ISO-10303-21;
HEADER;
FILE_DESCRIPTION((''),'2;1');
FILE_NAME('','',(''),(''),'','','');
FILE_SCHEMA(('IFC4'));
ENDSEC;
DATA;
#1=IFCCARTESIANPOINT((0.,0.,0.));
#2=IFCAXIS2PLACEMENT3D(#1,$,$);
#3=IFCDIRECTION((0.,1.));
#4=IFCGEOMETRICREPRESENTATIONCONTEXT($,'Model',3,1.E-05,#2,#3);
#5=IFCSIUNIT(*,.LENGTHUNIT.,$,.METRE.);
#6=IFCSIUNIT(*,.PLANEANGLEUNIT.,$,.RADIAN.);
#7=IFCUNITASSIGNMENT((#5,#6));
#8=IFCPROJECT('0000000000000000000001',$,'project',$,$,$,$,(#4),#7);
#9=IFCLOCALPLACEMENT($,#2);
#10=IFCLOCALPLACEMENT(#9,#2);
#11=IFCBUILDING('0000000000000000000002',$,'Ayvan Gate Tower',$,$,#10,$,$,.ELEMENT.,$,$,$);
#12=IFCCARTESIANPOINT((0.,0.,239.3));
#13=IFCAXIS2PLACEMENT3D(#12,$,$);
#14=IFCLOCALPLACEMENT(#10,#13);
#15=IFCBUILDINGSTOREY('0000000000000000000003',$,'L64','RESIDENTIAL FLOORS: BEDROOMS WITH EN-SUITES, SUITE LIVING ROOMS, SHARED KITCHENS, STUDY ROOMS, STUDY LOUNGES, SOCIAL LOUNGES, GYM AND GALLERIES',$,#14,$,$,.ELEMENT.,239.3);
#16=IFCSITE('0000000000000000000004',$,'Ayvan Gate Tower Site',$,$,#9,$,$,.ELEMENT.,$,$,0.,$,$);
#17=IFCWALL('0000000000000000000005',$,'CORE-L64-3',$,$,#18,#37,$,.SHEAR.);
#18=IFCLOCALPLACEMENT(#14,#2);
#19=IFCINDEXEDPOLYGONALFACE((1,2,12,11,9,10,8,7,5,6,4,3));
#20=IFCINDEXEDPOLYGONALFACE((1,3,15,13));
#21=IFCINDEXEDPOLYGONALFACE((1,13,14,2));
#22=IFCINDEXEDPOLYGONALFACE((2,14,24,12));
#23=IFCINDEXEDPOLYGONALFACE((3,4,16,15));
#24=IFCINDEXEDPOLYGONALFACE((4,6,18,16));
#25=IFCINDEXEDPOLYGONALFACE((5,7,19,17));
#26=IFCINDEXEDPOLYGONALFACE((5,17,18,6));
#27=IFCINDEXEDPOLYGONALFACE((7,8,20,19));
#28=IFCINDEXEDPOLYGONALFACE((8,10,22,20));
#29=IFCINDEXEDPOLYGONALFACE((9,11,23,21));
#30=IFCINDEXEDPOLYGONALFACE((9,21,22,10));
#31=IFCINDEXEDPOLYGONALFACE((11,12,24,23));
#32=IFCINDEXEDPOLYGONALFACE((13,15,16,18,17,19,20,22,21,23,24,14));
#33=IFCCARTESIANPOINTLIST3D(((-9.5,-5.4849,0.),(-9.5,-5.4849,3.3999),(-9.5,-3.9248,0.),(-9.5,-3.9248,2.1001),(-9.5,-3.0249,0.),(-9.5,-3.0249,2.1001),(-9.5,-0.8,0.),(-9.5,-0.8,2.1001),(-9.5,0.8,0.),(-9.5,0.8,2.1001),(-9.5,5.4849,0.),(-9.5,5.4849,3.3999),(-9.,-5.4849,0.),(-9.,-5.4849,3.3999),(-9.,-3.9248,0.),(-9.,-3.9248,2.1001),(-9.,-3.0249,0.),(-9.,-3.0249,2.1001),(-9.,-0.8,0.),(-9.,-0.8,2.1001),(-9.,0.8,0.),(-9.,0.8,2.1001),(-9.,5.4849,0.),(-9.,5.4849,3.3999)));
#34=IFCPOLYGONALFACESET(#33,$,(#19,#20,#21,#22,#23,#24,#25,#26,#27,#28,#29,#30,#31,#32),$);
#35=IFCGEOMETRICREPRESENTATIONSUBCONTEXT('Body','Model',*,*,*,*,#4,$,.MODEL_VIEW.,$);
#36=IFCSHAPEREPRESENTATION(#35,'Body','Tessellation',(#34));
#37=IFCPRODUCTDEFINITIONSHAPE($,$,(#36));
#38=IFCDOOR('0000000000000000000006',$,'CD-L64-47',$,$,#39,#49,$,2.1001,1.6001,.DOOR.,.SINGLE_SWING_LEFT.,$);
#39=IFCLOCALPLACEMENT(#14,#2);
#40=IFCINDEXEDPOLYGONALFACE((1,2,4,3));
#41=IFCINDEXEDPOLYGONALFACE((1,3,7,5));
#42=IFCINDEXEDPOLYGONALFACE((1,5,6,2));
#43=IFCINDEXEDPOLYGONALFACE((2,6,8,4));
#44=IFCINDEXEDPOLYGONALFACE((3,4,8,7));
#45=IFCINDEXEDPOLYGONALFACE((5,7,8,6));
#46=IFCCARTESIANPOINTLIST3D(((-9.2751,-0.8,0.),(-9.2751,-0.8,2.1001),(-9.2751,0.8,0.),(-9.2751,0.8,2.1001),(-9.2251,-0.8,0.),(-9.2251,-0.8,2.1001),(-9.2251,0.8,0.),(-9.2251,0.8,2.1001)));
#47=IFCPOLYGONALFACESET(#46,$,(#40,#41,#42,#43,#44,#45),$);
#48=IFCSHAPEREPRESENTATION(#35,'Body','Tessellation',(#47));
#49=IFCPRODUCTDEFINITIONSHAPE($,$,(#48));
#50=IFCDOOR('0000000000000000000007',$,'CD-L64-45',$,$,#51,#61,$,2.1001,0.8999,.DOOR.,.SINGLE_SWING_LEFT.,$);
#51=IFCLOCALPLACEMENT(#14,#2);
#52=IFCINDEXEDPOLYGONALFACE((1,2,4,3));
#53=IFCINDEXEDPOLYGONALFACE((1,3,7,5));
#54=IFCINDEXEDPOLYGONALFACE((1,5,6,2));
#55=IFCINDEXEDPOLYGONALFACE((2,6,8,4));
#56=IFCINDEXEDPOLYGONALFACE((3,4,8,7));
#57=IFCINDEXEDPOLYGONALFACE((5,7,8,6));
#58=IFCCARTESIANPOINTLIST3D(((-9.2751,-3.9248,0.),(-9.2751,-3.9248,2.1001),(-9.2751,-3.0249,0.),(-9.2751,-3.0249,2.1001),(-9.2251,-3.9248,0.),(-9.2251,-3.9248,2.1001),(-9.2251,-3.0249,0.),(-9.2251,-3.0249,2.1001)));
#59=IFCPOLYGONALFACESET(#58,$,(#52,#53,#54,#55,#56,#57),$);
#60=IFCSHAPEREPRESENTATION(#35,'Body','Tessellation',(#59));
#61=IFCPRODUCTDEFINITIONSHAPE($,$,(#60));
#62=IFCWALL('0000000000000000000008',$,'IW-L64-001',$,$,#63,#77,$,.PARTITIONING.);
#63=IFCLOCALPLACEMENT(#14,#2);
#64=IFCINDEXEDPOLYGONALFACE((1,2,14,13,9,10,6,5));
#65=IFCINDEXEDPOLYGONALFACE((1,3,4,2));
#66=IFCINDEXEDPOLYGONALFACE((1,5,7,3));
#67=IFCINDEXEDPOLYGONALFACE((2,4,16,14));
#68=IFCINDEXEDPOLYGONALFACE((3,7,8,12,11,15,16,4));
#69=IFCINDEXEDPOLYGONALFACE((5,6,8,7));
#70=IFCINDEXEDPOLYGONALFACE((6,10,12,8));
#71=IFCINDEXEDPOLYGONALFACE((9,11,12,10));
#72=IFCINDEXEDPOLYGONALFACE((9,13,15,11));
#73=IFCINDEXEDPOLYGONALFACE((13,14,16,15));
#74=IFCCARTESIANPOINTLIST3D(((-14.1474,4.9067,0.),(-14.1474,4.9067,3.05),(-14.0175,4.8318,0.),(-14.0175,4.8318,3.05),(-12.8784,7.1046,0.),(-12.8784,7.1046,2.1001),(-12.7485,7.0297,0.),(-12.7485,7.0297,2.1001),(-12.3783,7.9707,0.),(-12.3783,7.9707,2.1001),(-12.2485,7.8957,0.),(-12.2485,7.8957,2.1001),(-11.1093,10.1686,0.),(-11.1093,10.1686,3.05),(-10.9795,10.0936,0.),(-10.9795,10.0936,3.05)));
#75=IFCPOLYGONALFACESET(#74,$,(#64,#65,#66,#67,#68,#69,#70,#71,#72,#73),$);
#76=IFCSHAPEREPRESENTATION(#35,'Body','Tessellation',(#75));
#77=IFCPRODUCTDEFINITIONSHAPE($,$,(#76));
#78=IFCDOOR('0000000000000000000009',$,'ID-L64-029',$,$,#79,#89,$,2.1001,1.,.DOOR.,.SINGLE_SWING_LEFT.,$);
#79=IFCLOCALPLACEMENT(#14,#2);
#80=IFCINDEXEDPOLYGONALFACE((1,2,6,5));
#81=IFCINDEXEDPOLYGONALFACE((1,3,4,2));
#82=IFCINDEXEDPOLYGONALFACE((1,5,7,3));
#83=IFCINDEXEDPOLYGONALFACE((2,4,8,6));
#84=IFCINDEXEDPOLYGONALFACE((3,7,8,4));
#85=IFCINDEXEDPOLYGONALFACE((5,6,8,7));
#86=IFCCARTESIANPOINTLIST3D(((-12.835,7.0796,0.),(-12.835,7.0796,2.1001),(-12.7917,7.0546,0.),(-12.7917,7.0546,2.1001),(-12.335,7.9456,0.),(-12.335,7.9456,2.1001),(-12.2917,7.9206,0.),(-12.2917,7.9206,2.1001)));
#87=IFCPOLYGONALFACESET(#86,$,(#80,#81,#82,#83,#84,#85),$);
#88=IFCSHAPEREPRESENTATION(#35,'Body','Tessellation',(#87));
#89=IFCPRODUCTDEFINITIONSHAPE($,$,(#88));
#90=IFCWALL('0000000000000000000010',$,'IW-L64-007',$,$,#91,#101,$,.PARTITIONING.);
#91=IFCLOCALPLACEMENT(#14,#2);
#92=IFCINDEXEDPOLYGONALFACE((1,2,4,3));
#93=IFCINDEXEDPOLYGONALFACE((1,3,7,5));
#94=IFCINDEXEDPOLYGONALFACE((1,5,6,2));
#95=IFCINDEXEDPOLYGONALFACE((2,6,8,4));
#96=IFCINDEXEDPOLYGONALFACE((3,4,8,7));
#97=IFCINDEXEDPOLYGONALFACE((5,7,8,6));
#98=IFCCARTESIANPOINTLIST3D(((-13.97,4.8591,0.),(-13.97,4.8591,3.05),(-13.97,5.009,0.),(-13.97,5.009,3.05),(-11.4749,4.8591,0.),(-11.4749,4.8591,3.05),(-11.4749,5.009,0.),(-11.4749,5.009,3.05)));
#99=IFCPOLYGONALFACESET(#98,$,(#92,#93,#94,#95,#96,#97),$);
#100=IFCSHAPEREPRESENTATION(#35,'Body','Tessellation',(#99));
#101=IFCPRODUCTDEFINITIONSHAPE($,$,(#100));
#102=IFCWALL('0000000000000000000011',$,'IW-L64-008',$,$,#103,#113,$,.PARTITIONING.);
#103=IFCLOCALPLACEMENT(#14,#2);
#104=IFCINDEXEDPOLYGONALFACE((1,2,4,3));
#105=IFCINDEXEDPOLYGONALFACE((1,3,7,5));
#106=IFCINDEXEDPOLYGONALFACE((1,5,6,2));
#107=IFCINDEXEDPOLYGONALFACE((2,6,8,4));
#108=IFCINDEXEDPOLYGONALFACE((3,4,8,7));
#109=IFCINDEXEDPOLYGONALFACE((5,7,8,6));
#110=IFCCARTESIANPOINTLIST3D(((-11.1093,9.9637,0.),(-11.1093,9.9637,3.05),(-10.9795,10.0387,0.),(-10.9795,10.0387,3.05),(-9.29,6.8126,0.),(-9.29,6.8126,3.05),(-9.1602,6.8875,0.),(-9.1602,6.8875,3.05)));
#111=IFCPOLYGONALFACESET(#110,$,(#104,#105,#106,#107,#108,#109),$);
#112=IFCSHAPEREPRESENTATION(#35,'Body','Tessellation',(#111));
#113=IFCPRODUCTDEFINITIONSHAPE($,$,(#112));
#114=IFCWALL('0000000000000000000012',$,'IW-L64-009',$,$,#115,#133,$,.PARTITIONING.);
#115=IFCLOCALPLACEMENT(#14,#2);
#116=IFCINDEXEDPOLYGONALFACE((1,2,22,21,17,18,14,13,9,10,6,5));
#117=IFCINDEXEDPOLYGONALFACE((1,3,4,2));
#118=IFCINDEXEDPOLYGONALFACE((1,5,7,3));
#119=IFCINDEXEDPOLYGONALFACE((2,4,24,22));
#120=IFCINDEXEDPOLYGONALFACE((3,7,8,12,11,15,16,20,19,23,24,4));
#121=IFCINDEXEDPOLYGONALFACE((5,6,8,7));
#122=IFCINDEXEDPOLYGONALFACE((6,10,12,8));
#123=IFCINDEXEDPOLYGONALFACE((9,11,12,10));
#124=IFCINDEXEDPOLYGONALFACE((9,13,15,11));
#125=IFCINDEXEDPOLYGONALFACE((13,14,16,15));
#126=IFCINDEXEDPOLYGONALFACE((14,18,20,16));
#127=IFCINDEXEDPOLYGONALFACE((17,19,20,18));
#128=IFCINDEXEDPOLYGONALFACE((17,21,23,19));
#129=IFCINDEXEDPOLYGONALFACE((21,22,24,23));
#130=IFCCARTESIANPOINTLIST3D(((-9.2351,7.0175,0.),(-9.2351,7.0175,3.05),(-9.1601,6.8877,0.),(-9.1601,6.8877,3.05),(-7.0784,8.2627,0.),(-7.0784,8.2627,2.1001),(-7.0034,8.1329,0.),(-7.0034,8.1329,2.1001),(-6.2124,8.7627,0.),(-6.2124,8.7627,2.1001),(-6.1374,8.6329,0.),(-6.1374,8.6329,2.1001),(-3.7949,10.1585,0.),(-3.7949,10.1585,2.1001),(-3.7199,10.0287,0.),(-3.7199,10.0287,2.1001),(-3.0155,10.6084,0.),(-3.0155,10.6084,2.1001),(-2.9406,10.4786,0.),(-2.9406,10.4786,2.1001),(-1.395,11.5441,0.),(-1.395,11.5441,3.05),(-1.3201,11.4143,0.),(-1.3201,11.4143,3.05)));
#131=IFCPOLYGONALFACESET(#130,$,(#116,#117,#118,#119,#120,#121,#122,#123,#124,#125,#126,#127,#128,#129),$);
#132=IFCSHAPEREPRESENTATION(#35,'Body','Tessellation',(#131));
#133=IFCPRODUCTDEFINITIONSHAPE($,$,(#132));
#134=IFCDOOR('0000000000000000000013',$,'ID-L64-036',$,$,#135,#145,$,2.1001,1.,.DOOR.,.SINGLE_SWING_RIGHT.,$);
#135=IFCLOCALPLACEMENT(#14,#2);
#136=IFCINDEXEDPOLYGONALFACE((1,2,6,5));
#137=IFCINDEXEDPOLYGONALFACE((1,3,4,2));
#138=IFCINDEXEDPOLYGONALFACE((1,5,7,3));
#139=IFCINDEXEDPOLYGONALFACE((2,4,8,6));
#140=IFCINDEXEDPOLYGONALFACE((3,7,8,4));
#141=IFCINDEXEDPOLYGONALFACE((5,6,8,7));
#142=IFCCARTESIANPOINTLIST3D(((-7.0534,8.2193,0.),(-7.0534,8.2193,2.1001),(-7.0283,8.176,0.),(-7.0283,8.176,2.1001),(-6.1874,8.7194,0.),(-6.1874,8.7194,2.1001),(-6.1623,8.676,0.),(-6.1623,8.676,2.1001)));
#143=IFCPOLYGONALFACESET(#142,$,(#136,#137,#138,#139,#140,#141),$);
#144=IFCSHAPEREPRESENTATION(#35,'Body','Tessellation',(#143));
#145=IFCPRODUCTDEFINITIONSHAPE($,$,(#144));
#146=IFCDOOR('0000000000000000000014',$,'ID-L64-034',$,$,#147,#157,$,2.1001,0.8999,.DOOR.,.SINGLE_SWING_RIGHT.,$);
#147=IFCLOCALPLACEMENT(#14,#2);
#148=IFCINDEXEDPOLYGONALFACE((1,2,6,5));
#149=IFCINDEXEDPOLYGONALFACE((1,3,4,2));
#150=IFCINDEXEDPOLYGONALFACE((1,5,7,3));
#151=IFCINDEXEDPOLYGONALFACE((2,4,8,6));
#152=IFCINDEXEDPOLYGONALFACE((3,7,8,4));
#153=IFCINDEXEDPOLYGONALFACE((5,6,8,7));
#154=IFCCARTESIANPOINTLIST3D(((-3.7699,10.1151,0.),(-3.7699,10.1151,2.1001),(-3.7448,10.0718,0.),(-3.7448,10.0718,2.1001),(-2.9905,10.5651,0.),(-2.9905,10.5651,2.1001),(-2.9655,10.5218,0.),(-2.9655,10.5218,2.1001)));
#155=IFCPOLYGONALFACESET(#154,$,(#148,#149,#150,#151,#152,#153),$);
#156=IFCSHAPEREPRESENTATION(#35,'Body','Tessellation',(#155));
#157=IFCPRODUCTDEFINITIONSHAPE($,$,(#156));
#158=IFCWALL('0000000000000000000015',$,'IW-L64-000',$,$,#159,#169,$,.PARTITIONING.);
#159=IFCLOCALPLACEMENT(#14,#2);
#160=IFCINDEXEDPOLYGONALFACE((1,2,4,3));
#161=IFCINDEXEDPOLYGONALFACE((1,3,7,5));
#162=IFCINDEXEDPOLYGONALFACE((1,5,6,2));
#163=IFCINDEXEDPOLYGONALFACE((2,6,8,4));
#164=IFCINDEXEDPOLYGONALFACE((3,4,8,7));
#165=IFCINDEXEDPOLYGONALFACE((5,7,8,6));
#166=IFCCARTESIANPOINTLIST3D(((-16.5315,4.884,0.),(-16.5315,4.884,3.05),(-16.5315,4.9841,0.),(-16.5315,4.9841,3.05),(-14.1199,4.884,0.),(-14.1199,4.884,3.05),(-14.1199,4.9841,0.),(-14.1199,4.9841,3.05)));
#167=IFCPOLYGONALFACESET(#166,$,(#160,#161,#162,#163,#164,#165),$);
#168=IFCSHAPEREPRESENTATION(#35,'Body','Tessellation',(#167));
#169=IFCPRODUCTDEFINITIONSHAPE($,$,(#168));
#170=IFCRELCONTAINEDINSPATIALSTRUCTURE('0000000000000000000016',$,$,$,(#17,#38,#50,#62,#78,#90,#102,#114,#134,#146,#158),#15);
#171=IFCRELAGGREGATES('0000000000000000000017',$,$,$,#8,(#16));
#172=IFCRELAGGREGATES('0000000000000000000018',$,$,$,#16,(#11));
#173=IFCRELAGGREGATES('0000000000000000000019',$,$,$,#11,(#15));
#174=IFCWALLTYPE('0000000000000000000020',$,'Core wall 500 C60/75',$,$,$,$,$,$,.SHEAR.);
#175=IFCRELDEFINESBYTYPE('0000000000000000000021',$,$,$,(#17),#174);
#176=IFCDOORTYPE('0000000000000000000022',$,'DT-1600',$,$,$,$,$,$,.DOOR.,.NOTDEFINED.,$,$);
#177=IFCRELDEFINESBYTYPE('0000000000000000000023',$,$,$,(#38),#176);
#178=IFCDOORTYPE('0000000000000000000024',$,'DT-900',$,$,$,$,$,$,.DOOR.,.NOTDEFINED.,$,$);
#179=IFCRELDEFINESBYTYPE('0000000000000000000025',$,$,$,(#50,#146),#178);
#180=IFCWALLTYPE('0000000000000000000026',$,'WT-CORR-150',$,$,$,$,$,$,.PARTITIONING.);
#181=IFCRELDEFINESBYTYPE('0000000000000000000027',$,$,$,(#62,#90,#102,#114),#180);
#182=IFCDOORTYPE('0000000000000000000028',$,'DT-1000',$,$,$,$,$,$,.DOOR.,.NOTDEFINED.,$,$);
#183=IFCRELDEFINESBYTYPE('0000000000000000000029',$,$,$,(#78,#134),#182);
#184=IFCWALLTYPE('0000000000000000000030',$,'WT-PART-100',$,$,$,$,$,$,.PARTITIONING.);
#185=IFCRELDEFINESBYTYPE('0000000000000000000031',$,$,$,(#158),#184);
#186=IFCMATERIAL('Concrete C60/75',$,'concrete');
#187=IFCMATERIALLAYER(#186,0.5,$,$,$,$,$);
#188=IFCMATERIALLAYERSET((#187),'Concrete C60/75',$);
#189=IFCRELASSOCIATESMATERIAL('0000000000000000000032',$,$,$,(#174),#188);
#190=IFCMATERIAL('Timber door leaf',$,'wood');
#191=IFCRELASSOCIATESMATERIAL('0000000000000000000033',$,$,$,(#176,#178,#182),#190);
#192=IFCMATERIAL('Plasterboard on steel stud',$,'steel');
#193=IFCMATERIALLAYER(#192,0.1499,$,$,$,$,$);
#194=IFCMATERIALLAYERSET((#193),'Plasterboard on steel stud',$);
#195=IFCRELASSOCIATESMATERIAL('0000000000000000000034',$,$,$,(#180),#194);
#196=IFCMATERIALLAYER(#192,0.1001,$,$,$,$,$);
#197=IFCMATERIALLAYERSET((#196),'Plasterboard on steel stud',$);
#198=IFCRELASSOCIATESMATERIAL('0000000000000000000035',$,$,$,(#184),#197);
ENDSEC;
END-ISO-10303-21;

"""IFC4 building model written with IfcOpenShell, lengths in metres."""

from ifc_helpers import new_model, si_unit, direction, frame, frame_2d, origin, place, context, subcontext, project, spatial, rectangle, extrude, material, layer, layer_set, type_object, element, fill, save


model = new_model("IFC4")

# Units and contexts
model_context = context("Model", 3, precision=1e-05, world=origin(), true_north=direction((0.0, 1.0)))
body_context = subcontext(model_context, "Body", "Model", "MODEL_VIEW")
ifc_project = project(units=[si_unit("LENGTHUNIT", "METRE"), si_unit("PLANEANGLEUNIT", "RADIAN")], contexts=[model_context])

# Site, building, storey
site_placement = place(None, origin())
site = spatial("IfcSite", under=ifc_project, at=site_placement, Name="Ayvan Gate Tower Site", CompositionType="ELEMENT", RefElevation=0.0)
building_placement = place(site_placement, origin())
building = spatial("IfcBuilding", under=site, at=building_placement, Name="Ayvan Gate Tower", CompositionType="ELEMENT")
storey_placement = place(building_placement, frame((0.0, 0.0, 239.3)))
storey = spatial("IfcBuildingStorey", under=building, at=storey_placement, Name="L64", Description="RESIDENTIAL FLOORS: BEDROOMS WITH EN-SUITES, SUITE LIVING ROOMS, SHARED KITCHENS, STUDY ROOMS, STUDY LOUNGES, SOCIAL LOUNGES, GYM AND GALLERIES", CompositionType="ELEMENT", Elevation=239.3)

# Wall, openings, doors
ifc_material_1 = material(Name="Concrete C60/75", Category="concrete")
ifc_layer_1 = layer(ifc_material_1, 0.5)
ifc_layer_set_1 = layer_set([ifc_layer_1], Name="Concrete C60/75")
wall_type_1 = type_object("IfcWallType", Name="Core wall 500 C60/75", PredefinedType="SHEAR", material=ifc_layer_set_1)
wall_1_placement = place(storey_placement, frame((-9.25, 5.4849, 0.0), z_axis=(0.0, 0.0, 1.0), x_axis=(0.0, -1.0, 0.0)))
wall_1 = element("IfcWall", 1, at=wall_1_placement, inside=storey, type_object=wall_type_1, Name="CORE-L64-3", PredefinedType="SHEAR", context=body_context, shape_type="SweptSolid", body=[
    extrude(rectangle(XDim=10.9697, YDim=0.5, at=frame_2d((5.4849, 0.0))), origin(), (0.0, 0.0, 1.0), 3.3999),
])
opening_1_placement = place(wall_1_placement, frame((8.5098, 0.0, 0.0)))
opening_1 = element("IfcOpeningElement", 2, at=opening_1_placement, cuts=wall_1, PredefinedType="OPENING", context=body_context, shape_type="SweptSolid", body=[
    extrude(rectangle(XDim=0.8999, YDim=2.1001, at=frame_2d((0.45, 1.05))), frame((0.0, 0.26, 0.0), z_axis=(0.0, -1.0, 0.0), x_axis=(1.0, 0.0, 0.0)), (0.0, 0.0, 1.0), 0.52),
])
opening_2_placement = place(wall_1_placement, frame((4.6848, 0.0, 0.0)))
opening_2 = element("IfcOpeningElement", 3, at=opening_2_placement, cuts=wall_1, PredefinedType="OPENING", context=body_context, shape_type="SweptSolid", body=[
    extrude(rectangle(XDim=1.6001, YDim=2.1001, at=frame_2d((0.8, 1.05))), frame((0.0, 0.26, 0.0), z_axis=(0.0, -1.0, 0.0), x_axis=(1.0, 0.0, 0.0)), (0.0, 0.0, 1.0), 0.52),
])
ifc_material_2 = material(Name="Timber door leaf", Category="wood")
door_type_1 = type_object("IfcDoorType", Name="DT-1600", OperationType="NOTDEFINED", PredefinedType="DOOR", material=ifc_material_2)
door_1_placement = place(opening_2_placement, origin())
door_1 = element("IfcDoor", 4, at=door_1_placement, inside=storey, type_object=door_type_1, Name="CD-L64-47", OperationType="SINGLE_SWING_LEFT", OverallHeight=2.1001, OverallWidth=1.6001, PredefinedType="DOOR", context=body_context, shape_type="SweptSolid", body=[
    extrude(rectangle(XDim=1.6001, YDim=2.1001, at=frame_2d((0.8, 1.05))), frame((0.0, 0.0249, 0.0), z_axis=(0.0, -1.0, 0.0), x_axis=(1.0, 0.0, 0.0)), (0.0, 0.0, 1.0), 0.05),
])
fill(opening_2, door_1)
door_type_2 = type_object("IfcDoorType", Name="DT-900", OperationType="NOTDEFINED", PredefinedType="DOOR", material=ifc_material_2)
door_2_placement = place(opening_1_placement, origin())
door_2 = element("IfcDoor", 5, at=door_2_placement, inside=storey, type_object=door_type_2, Name="CD-L64-45", OperationType="SINGLE_SWING_LEFT", OverallHeight=2.1001, OverallWidth=0.8999, PredefinedType="DOOR", context=body_context, shape_type="SweptSolid", body=[
    extrude(rectangle(XDim=0.8999, YDim=2.1001, at=frame_2d((0.45, 1.05))), frame((0.0, 0.0249, 0.0), z_axis=(0.0, -1.0, 0.0), x_axis=(1.0, 0.0, 0.0)), (0.0, 0.0, 1.0), 0.05),
])
fill(opening_1, door_2)

# Wall, opening, door
ifc_material_3 = material(Name="Plasterboard on steel stud", Category="steel")
ifc_layer_2 = layer(ifc_material_3, 0.1499)
ifc_layer_set_2 = layer_set([ifc_layer_2], Name="Plasterboard on steel stud")
wall_type_2 = type_object("IfcWallType", Name="WT-CORR-150", PredefinedType="PARTITIONING", material=ifc_layer_set_2)
wall_2_placement = place(storey_placement, frame((-14.0825, 4.8691, 0.0), z_axis=(0.0, 0.0, 1.0), x_axis=(0.500011, 0.866019, 0.0)))
wall_2 = element("IfcWall", 6, at=wall_2_placement, inside=storey, type_object=wall_type_2, Name="IW-L64-001", PredefinedType="PARTITIONING", context=body_context, shape_type="SweptSolid", body=[
    extrude(rectangle(XDim=6.0759, YDim=0.1499, at=frame_2d((3.0381, 0.0))), origin(), (0.0, 0.0, 1.0), 3.05),
])
opening_3_placement = place(wall_2_placement, frame((2.5381, 0.0, 0.0)))
opening_3 = element("IfcOpeningElement", 7, at=opening_3_placement, cuts=wall_2, PredefinedType="OPENING", context=body_context, shape_type="SweptSolid", body=[
    extrude(rectangle(XDim=1.0, YDim=2.1001, at=frame_2d((0.5, 1.05))), frame((0.0, 0.085, 0.0), z_axis=(0.0, -1.0, 0.0), x_axis=(1.0, 0.0, 0.0)), (0.0, 0.0, 1.0), 0.1699),
])
door_type_3 = type_object("IfcDoorType", Name="DT-1000", OperationType="NOTDEFINED", PredefinedType="DOOR", material=ifc_material_2)
door_3_placement = place(opening_3_placement, origin())
door_3 = element("IfcDoor", 8, at=door_3_placement, inside=storey, type_object=door_type_3, Name="ID-L64-029", OperationType="SINGLE_SWING_LEFT", OverallHeight=2.1001, OverallWidth=1.0, PredefinedType="DOOR", context=body_context, shape_type="SweptSolid", body=[
    extrude(rectangle(XDim=1.0, YDim=2.1001, at=frame_2d((0.5, 1.05))), frame((0.0, 0.0249, 0.0), z_axis=(0.0, -1.0, 0.0), x_axis=(1.0, 0.0, 0.0)), (0.0, 0.0, 1.0), 0.05),
])
fill(opening_3, door_3)

# Walls
wall_3_placement = place(storey_placement, frame((-11.4749, 4.9341, 0.0), z_axis=(0.0, 0.0, 1.0), x_axis=(-1.0, 0.0, 0.0)))
element("IfcWall", 9, at=wall_3_placement, inside=storey, type_object=wall_type_2, Name="IW-L64-007", PredefinedType="PARTITIONING", context=body_context, shape_type="SweptSolid", body=[
    extrude(rectangle(XDim=2.4951, YDim=0.1499, at=frame_2d((1.2476, 0.0))), origin(), (0.0, 0.0, 1.0), 3.05),
])
wall_4_placement = place(storey_placement, frame((-11.0444, 10.0012, 0.0), z_axis=(0.0, 0.0, 1.0), x_axis=(0.500007, -0.866021, 0.0)))
element("IfcWall", 10, at=wall_4_placement, inside=storey, type_object=wall_type_2, Name="IW-L64-008", PredefinedType="PARTITIONING", context=body_context, shape_type="SweptSolid", body=[
    extrude(rectangle(XDim=3.6387, YDim=0.1499, at=frame_2d((1.8193, 0.0))), origin(), (0.0, 0.0, 1.0), 3.05),
])

# Wall, openings, doors
wall_5_placement = place(storey_placement, frame((-9.1975, 6.9526, 0.0), z_axis=(0.0, 0.0, 1.0), x_axis=(0.866019, 0.500011, 0.0)))
wall_5 = element("IfcWall", 11, at=wall_5_placement, inside=storey, type_object=wall_type_2, Name="IW-L64-009", PredefinedType="PARTITIONING", context=body_context, shape_type="SweptSolid", body=[
    extrude(rectangle(XDim=9.053, YDim=0.1499, at=frame_2d((4.5264, 0.0))), origin(), (0.0, 0.0, 1.0), 3.05),
])
opening_4_placement = place(wall_5_placement, frame((6.2817, 0.0, 0.0)))
opening_4 = element("IfcOpeningElement", 12, at=opening_4_placement, cuts=wall_5, PredefinedType="OPENING", context=body_context, shape_type="SweptSolid", body=[
    extrude(rectangle(XDim=0.8999, YDim=2.1001, at=frame_2d((0.45, 1.05))), frame((0.0, 0.085, 0.0), z_axis=(0.0, -1.0, 0.0), x_axis=(1.0, 0.0, 0.0)), (0.0, 0.0, 1.0), 0.1699),
])
opening_5_placement = place(wall_5_placement, frame((2.4902, 0.0, 0.0)))
opening_5 = element("IfcOpeningElement", 13, at=opening_5_placement, cuts=wall_5, PredefinedType="OPENING", context=body_context, shape_type="SweptSolid", body=[
    extrude(rectangle(XDim=1.0, YDim=2.1001, at=frame_2d((0.5, 1.05))), frame((0.0, 0.085, 0.0), z_axis=(0.0, -1.0, 0.0), x_axis=(1.0, 0.0, 0.0)), (0.0, 0.0, 1.0), 0.1699),
])
door_4_placement = place(opening_5_placement, origin())
door_4 = element("IfcDoor", 14, at=door_4_placement, inside=storey, type_object=door_type_3, Name="ID-L64-036", OperationType="SINGLE_SWING_RIGHT", OverallHeight=2.1001, OverallWidth=1.0, PredefinedType="DOOR", context=body_context, shape_type="SweptSolid", body=[
    extrude(rectangle(XDim=1.0, YDim=2.1001, at=frame_2d((0.5, 1.05))), frame((0.0, 0.0249, 0.0), z_axis=(0.0, -1.0, 0.0), x_axis=(1.0, 0.0, 0.0)), (0.0, 0.0, 1.0), 0.05),
])
fill(opening_5, door_4)
door_5_placement = place(opening_4_placement, origin())
door_5 = element("IfcDoor", 15, at=door_5_placement, inside=storey, type_object=door_type_2, Name="ID-L64-034", OperationType="SINGLE_SWING_RIGHT", OverallHeight=2.1001, OverallWidth=0.8999, PredefinedType="DOOR", context=body_context, shape_type="SweptSolid", body=[
    extrude(rectangle(XDim=0.8999, YDim=2.1001, at=frame_2d((0.45, 1.05))), frame((0.0, 0.0249, 0.0), z_axis=(0.0, -1.0, 0.0), x_axis=(1.0, 0.0, 0.0)), (0.0, 0.0, 1.0), 0.05),
])
fill(opening_4, door_5)

# Wall
ifc_layer_3 = layer(ifc_material_3, 0.1001)
ifc_layer_set_3 = layer_set([ifc_layer_3], Name="Plasterboard on steel stud")
wall_type_3 = type_object("IfcWallType", Name="WT-PART-100", PredefinedType="PARTITIONING", material=ifc_layer_set_3)
wall_6_placement = place(storey_placement, frame((-14.1199, 4.9341, 0.0), z_axis=(0.0, 0.0, 1.0), x_axis=(-1.0, 0.0, 0.0)))
element("IfcWall", 16, at=wall_6_placement, inside=storey, type_object=wall_type_3, Name="IW-L64-000", PredefinedType="PARTITIONING", context=body_context, shape_type="SweptSolid", body=[
    extrude(rectangle(XDim=2.4116, YDim=0.1001, at=frame_2d((1.2058, 0.0))), origin(), (0.0, 0.0, 1.0), 3.05),
])

save(model, "model.ifc")
